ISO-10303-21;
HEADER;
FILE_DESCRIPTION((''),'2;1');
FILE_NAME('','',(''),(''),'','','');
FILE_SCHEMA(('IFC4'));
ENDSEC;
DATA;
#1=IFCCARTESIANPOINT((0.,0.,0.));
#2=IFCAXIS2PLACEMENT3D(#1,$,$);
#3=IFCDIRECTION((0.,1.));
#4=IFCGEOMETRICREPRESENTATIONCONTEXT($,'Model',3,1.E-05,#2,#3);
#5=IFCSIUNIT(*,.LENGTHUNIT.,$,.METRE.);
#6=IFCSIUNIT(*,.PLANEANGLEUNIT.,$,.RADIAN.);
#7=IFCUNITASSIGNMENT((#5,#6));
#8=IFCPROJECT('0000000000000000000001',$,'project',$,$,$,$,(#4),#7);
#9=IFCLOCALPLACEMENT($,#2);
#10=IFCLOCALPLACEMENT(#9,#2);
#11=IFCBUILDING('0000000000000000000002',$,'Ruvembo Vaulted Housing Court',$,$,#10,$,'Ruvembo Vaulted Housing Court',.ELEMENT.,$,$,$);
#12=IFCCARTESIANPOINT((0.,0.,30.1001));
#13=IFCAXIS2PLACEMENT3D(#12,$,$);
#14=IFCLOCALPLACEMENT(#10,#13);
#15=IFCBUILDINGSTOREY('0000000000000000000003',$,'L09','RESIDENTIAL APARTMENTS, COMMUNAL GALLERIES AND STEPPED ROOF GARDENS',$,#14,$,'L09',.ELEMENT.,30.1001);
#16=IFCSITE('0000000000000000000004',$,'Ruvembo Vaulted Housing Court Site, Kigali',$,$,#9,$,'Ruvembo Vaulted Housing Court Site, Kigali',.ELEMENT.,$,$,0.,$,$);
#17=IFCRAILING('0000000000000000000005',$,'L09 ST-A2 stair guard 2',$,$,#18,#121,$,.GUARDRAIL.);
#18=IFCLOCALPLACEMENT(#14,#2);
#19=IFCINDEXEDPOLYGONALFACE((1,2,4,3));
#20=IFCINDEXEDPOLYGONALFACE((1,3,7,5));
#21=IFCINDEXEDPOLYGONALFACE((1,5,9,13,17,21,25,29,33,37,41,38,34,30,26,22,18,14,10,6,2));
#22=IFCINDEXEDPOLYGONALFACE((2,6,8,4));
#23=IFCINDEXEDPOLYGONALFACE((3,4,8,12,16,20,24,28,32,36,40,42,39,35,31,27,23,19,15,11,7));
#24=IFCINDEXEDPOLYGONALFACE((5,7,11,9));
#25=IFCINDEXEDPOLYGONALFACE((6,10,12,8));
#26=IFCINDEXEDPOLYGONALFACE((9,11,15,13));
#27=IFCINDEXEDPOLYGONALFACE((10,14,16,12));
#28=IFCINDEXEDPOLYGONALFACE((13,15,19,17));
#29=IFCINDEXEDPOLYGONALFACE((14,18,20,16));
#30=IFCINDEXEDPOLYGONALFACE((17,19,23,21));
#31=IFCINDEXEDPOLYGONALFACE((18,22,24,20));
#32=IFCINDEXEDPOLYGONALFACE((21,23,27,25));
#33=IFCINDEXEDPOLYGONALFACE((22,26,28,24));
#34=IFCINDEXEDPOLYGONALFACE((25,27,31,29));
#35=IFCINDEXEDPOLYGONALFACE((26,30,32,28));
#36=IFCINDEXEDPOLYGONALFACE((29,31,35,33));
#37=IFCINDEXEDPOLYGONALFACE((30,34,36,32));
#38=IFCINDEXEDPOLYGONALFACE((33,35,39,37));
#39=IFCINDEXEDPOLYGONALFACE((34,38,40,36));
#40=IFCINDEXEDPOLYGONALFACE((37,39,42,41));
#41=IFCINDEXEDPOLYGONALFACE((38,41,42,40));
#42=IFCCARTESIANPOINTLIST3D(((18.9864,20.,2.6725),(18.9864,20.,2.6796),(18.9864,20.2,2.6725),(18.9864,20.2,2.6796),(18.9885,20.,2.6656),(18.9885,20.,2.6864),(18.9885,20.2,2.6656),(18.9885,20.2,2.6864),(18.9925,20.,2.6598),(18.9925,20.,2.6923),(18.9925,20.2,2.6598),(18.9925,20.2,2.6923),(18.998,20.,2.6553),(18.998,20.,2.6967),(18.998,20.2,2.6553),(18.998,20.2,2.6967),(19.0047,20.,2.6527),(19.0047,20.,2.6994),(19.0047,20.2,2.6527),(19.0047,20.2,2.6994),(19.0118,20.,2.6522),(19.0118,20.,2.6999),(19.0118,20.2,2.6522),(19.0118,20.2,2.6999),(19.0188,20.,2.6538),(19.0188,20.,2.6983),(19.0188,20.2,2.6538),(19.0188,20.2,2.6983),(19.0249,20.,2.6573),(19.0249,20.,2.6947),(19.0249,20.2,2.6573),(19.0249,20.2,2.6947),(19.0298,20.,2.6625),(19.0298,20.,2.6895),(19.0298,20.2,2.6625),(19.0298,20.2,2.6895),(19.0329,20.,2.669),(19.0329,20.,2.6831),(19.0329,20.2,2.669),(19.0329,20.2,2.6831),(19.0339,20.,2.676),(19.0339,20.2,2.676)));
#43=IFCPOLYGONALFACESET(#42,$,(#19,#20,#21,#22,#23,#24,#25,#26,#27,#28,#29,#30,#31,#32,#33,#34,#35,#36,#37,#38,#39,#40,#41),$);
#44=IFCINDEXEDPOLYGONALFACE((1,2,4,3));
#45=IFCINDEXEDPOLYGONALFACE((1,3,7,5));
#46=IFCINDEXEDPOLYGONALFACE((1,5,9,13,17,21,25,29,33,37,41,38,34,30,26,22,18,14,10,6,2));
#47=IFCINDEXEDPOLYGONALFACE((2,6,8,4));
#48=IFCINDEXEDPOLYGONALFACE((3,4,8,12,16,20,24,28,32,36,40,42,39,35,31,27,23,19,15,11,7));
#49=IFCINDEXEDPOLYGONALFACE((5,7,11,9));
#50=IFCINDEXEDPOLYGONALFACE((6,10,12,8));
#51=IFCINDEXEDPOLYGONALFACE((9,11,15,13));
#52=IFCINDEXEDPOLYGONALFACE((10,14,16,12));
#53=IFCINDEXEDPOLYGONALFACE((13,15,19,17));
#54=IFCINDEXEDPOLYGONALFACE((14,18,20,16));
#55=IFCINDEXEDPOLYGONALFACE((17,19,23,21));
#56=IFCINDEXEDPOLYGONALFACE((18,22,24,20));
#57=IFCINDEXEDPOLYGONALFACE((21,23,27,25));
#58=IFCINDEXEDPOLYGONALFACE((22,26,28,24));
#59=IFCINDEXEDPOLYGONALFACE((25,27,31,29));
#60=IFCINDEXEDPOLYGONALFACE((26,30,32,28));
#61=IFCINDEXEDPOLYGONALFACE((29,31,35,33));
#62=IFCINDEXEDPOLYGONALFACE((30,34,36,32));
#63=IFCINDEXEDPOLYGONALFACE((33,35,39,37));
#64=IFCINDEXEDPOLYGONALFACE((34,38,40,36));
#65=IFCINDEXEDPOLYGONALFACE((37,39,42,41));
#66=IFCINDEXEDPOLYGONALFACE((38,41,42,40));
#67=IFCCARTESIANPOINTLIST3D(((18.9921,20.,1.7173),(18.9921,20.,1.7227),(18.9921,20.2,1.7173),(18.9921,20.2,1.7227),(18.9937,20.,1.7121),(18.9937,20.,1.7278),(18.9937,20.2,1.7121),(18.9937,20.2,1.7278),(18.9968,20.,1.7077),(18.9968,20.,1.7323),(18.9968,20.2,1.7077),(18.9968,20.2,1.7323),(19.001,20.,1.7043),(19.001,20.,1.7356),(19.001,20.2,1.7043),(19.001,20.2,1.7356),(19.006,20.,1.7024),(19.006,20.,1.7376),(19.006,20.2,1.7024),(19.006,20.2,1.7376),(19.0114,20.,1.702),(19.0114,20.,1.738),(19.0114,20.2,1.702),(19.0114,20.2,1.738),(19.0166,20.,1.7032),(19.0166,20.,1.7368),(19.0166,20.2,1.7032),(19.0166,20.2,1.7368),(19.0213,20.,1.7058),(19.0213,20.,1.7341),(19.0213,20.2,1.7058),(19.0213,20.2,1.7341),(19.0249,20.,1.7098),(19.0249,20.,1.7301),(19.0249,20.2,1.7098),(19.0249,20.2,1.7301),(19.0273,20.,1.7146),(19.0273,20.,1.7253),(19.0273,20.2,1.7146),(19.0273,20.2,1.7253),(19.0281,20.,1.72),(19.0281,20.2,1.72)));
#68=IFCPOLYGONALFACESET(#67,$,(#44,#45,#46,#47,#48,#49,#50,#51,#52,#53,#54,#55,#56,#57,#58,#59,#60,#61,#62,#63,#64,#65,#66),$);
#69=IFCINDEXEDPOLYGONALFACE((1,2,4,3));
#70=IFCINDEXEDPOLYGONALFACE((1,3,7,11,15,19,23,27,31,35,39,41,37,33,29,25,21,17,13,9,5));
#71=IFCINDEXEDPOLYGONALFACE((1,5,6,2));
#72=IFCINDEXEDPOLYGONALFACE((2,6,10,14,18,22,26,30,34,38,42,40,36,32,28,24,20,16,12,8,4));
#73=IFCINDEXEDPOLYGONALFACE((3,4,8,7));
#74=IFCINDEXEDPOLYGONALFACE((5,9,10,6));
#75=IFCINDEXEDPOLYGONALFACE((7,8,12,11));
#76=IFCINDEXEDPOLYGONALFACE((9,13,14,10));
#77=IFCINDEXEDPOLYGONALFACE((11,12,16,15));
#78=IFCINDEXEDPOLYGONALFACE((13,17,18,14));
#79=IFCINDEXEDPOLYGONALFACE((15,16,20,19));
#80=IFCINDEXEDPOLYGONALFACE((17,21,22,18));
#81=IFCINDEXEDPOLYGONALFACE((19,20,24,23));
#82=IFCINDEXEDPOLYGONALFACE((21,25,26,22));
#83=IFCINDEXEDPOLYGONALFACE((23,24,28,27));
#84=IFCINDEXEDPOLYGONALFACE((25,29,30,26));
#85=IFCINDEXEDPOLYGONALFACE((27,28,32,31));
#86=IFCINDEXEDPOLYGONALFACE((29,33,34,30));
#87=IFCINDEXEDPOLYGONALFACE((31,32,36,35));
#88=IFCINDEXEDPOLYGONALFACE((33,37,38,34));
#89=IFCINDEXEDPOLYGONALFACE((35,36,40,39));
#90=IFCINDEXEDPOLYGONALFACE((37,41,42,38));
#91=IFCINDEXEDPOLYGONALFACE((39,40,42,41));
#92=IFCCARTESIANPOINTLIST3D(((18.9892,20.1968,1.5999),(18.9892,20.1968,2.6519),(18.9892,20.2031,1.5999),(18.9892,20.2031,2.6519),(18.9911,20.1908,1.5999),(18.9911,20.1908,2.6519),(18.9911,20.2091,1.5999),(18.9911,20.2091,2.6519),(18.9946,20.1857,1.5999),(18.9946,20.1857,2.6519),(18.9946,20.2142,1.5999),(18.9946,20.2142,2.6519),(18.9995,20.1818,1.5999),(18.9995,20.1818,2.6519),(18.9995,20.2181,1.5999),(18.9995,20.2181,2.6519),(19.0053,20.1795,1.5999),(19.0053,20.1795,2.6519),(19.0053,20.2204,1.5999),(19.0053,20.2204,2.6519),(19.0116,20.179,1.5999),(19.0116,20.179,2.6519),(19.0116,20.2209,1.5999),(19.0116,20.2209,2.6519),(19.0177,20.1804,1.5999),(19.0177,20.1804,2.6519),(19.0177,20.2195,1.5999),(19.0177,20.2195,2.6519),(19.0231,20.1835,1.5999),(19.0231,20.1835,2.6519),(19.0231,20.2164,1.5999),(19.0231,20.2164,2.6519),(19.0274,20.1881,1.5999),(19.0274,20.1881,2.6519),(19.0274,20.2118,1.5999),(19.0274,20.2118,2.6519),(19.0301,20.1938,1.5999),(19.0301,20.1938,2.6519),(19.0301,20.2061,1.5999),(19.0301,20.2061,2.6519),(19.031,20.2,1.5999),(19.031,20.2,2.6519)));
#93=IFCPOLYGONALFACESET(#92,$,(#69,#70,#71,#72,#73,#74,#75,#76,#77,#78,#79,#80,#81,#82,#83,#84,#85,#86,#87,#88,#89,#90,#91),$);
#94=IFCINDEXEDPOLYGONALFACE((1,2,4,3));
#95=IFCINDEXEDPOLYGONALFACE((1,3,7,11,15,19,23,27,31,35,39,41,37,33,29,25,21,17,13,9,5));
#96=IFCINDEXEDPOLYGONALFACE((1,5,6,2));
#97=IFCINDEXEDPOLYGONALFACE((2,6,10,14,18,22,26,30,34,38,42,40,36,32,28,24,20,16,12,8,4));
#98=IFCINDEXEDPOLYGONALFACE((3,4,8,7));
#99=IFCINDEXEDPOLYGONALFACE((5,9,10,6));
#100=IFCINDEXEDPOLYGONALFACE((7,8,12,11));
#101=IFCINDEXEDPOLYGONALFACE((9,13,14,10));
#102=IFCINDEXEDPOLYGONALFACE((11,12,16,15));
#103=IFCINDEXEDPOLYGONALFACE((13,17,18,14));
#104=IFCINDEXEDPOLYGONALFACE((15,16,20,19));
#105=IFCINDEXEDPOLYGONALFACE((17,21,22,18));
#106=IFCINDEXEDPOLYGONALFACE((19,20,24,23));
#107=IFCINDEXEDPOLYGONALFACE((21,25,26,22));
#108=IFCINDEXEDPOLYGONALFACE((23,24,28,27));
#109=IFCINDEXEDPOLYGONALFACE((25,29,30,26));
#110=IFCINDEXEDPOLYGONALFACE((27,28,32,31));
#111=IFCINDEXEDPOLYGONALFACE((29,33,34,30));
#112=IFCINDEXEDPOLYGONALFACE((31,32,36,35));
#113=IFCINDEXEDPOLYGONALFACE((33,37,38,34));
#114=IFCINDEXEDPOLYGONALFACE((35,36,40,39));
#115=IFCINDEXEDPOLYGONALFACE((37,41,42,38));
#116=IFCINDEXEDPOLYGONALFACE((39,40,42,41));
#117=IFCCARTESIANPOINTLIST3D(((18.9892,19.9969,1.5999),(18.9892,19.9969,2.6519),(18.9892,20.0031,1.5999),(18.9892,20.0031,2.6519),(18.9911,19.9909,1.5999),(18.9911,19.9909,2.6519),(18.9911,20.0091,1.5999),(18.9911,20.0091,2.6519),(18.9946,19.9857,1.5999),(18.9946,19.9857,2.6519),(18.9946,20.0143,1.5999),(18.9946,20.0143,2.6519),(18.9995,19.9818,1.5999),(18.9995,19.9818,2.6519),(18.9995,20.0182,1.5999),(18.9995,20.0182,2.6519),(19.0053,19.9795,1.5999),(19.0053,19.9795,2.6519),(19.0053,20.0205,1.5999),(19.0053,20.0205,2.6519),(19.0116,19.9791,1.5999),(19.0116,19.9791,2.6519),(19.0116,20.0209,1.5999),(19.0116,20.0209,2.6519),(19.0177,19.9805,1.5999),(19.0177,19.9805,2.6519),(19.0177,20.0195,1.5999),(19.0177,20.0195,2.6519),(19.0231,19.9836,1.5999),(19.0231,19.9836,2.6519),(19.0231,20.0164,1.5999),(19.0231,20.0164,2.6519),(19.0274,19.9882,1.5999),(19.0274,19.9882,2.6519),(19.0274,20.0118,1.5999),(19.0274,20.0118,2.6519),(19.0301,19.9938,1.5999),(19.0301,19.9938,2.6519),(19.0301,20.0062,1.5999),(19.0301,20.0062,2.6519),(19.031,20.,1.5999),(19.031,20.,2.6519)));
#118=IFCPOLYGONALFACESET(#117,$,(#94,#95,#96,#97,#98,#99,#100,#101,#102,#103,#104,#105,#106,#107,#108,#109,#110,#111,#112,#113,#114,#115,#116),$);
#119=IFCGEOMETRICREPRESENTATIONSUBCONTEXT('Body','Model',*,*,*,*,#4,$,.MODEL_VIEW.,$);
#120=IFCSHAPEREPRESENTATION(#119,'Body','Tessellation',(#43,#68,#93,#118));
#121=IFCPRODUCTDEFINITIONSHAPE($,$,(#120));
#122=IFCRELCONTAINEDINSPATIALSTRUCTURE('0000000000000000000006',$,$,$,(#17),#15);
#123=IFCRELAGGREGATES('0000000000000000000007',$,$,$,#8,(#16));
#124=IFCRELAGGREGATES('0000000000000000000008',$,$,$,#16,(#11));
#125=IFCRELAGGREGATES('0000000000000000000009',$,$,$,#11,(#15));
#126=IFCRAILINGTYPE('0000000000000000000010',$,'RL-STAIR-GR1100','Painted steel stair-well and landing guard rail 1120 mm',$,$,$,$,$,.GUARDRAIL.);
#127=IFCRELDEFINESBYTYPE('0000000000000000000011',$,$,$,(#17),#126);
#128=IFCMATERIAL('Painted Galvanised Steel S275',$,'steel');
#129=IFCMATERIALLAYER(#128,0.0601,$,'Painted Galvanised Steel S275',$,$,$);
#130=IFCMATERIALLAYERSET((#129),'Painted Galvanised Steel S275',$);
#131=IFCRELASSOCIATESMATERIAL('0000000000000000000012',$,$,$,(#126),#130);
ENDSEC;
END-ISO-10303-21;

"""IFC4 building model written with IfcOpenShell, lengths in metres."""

from ifc_helpers import new_model, si_unit, direction, frame, origin, origin_2d, place, context, subcontext, project, spatial, circle, extrude, material, layer, layer_set, type_object, element, save


model = new_model("IFC4")

# Units and contexts
model_context = context("Model", 3, precision=1e-05, world=origin(), true_north=direction((0.0, 1.0)))
body_context = subcontext(model_context, "Body", "Model", "MODEL_VIEW")
ifc_project = project(units=[si_unit("LENGTHUNIT", "METRE"), si_unit("PLANEANGLEUNIT", "RADIAN")], contexts=[model_context])

# Site, building, storey
site_placement = place(None, origin())
site = spatial("IfcSite", under=ifc_project, at=site_placement, Name="Ruvembo Vaulted Housing Court Site, Kigali", LongName="Ruvembo Vaulted Housing Court Site, Kigali", CompositionType="ELEMENT", RefElevation=0.0)
building_placement = place(site_placement, origin())
building = spatial("IfcBuilding", under=site, at=building_placement, Name="Ruvembo Vaulted Housing Court", LongName="Ruvembo Vaulted Housing Court", CompositionType="ELEMENT")
storey_placement = place(building_placement, frame((0.0, 0.0, 30.1001)))
storey = spatial("IfcBuildingStorey", under=building, at=storey_placement, Name="L09", Description="RESIDENTIAL APARTMENTS, COMMUNAL GALLERIES AND STEPPED ROOF GARDENS", LongName="L09", CompositionType="ELEMENT", Elevation=30.1001)

# Railing
ifc_material_1 = material(Name="Painted Galvanised Steel S275", Category="steel")
ifc_layer_1 = layer(ifc_material_1, 0.0601, Name="Painted Galvanised Steel S275")
ifc_layer_set_1 = layer_set([ifc_layer_1], Name="Painted Galvanised Steel S275")
railing_type_1 = type_object("IfcRailingType", Name="RL-STAIR-GR1100", Description="Painted steel stair-well and landing guard rail 1120 mm", PredefinedType="GUARDRAIL", material=ifc_layer_set_1)
railing_1_placement = place(storey_placement, frame((19.01, 20.2, 1.5999)))
element("IfcRailing", 1, at=railing_1_placement, inside=storey, type_object=railing_type_1, Name="L09 ST-A2 stair guard 2", PredefinedType="GUARDRAIL", context=body_context, shape_type="SweptSolid", body=[
    extrude(circle(Radius=0.0239, at=origin_2d()), frame((0.0, 0.0, 1.0762), z_axis=(0.0, -1.0, 0.0), x_axis=(1.0, 0.0, 0.0)), (0.0, 0.0, 1.0), 0.2),
    extrude(circle(Radius=0.0181, at=origin_2d()), frame((0.0, 0.0, 0.1201), z_axis=(0.0, -1.0, 0.0), x_axis=(1.0, 0.0, 0.0)), (0.0, 0.0, 1.0), 0.2),
    extrude(circle(Radius=0.021, at=origin_2d()), origin(), (0.0, 0.0, 1.0), 1.052),
    extrude(circle(Radius=0.021, at=origin_2d()), frame((0.0, -0.2, 0.0)), (0.0, 0.0, 1.0), 1.052),
])

save(model, "model.ifc")
